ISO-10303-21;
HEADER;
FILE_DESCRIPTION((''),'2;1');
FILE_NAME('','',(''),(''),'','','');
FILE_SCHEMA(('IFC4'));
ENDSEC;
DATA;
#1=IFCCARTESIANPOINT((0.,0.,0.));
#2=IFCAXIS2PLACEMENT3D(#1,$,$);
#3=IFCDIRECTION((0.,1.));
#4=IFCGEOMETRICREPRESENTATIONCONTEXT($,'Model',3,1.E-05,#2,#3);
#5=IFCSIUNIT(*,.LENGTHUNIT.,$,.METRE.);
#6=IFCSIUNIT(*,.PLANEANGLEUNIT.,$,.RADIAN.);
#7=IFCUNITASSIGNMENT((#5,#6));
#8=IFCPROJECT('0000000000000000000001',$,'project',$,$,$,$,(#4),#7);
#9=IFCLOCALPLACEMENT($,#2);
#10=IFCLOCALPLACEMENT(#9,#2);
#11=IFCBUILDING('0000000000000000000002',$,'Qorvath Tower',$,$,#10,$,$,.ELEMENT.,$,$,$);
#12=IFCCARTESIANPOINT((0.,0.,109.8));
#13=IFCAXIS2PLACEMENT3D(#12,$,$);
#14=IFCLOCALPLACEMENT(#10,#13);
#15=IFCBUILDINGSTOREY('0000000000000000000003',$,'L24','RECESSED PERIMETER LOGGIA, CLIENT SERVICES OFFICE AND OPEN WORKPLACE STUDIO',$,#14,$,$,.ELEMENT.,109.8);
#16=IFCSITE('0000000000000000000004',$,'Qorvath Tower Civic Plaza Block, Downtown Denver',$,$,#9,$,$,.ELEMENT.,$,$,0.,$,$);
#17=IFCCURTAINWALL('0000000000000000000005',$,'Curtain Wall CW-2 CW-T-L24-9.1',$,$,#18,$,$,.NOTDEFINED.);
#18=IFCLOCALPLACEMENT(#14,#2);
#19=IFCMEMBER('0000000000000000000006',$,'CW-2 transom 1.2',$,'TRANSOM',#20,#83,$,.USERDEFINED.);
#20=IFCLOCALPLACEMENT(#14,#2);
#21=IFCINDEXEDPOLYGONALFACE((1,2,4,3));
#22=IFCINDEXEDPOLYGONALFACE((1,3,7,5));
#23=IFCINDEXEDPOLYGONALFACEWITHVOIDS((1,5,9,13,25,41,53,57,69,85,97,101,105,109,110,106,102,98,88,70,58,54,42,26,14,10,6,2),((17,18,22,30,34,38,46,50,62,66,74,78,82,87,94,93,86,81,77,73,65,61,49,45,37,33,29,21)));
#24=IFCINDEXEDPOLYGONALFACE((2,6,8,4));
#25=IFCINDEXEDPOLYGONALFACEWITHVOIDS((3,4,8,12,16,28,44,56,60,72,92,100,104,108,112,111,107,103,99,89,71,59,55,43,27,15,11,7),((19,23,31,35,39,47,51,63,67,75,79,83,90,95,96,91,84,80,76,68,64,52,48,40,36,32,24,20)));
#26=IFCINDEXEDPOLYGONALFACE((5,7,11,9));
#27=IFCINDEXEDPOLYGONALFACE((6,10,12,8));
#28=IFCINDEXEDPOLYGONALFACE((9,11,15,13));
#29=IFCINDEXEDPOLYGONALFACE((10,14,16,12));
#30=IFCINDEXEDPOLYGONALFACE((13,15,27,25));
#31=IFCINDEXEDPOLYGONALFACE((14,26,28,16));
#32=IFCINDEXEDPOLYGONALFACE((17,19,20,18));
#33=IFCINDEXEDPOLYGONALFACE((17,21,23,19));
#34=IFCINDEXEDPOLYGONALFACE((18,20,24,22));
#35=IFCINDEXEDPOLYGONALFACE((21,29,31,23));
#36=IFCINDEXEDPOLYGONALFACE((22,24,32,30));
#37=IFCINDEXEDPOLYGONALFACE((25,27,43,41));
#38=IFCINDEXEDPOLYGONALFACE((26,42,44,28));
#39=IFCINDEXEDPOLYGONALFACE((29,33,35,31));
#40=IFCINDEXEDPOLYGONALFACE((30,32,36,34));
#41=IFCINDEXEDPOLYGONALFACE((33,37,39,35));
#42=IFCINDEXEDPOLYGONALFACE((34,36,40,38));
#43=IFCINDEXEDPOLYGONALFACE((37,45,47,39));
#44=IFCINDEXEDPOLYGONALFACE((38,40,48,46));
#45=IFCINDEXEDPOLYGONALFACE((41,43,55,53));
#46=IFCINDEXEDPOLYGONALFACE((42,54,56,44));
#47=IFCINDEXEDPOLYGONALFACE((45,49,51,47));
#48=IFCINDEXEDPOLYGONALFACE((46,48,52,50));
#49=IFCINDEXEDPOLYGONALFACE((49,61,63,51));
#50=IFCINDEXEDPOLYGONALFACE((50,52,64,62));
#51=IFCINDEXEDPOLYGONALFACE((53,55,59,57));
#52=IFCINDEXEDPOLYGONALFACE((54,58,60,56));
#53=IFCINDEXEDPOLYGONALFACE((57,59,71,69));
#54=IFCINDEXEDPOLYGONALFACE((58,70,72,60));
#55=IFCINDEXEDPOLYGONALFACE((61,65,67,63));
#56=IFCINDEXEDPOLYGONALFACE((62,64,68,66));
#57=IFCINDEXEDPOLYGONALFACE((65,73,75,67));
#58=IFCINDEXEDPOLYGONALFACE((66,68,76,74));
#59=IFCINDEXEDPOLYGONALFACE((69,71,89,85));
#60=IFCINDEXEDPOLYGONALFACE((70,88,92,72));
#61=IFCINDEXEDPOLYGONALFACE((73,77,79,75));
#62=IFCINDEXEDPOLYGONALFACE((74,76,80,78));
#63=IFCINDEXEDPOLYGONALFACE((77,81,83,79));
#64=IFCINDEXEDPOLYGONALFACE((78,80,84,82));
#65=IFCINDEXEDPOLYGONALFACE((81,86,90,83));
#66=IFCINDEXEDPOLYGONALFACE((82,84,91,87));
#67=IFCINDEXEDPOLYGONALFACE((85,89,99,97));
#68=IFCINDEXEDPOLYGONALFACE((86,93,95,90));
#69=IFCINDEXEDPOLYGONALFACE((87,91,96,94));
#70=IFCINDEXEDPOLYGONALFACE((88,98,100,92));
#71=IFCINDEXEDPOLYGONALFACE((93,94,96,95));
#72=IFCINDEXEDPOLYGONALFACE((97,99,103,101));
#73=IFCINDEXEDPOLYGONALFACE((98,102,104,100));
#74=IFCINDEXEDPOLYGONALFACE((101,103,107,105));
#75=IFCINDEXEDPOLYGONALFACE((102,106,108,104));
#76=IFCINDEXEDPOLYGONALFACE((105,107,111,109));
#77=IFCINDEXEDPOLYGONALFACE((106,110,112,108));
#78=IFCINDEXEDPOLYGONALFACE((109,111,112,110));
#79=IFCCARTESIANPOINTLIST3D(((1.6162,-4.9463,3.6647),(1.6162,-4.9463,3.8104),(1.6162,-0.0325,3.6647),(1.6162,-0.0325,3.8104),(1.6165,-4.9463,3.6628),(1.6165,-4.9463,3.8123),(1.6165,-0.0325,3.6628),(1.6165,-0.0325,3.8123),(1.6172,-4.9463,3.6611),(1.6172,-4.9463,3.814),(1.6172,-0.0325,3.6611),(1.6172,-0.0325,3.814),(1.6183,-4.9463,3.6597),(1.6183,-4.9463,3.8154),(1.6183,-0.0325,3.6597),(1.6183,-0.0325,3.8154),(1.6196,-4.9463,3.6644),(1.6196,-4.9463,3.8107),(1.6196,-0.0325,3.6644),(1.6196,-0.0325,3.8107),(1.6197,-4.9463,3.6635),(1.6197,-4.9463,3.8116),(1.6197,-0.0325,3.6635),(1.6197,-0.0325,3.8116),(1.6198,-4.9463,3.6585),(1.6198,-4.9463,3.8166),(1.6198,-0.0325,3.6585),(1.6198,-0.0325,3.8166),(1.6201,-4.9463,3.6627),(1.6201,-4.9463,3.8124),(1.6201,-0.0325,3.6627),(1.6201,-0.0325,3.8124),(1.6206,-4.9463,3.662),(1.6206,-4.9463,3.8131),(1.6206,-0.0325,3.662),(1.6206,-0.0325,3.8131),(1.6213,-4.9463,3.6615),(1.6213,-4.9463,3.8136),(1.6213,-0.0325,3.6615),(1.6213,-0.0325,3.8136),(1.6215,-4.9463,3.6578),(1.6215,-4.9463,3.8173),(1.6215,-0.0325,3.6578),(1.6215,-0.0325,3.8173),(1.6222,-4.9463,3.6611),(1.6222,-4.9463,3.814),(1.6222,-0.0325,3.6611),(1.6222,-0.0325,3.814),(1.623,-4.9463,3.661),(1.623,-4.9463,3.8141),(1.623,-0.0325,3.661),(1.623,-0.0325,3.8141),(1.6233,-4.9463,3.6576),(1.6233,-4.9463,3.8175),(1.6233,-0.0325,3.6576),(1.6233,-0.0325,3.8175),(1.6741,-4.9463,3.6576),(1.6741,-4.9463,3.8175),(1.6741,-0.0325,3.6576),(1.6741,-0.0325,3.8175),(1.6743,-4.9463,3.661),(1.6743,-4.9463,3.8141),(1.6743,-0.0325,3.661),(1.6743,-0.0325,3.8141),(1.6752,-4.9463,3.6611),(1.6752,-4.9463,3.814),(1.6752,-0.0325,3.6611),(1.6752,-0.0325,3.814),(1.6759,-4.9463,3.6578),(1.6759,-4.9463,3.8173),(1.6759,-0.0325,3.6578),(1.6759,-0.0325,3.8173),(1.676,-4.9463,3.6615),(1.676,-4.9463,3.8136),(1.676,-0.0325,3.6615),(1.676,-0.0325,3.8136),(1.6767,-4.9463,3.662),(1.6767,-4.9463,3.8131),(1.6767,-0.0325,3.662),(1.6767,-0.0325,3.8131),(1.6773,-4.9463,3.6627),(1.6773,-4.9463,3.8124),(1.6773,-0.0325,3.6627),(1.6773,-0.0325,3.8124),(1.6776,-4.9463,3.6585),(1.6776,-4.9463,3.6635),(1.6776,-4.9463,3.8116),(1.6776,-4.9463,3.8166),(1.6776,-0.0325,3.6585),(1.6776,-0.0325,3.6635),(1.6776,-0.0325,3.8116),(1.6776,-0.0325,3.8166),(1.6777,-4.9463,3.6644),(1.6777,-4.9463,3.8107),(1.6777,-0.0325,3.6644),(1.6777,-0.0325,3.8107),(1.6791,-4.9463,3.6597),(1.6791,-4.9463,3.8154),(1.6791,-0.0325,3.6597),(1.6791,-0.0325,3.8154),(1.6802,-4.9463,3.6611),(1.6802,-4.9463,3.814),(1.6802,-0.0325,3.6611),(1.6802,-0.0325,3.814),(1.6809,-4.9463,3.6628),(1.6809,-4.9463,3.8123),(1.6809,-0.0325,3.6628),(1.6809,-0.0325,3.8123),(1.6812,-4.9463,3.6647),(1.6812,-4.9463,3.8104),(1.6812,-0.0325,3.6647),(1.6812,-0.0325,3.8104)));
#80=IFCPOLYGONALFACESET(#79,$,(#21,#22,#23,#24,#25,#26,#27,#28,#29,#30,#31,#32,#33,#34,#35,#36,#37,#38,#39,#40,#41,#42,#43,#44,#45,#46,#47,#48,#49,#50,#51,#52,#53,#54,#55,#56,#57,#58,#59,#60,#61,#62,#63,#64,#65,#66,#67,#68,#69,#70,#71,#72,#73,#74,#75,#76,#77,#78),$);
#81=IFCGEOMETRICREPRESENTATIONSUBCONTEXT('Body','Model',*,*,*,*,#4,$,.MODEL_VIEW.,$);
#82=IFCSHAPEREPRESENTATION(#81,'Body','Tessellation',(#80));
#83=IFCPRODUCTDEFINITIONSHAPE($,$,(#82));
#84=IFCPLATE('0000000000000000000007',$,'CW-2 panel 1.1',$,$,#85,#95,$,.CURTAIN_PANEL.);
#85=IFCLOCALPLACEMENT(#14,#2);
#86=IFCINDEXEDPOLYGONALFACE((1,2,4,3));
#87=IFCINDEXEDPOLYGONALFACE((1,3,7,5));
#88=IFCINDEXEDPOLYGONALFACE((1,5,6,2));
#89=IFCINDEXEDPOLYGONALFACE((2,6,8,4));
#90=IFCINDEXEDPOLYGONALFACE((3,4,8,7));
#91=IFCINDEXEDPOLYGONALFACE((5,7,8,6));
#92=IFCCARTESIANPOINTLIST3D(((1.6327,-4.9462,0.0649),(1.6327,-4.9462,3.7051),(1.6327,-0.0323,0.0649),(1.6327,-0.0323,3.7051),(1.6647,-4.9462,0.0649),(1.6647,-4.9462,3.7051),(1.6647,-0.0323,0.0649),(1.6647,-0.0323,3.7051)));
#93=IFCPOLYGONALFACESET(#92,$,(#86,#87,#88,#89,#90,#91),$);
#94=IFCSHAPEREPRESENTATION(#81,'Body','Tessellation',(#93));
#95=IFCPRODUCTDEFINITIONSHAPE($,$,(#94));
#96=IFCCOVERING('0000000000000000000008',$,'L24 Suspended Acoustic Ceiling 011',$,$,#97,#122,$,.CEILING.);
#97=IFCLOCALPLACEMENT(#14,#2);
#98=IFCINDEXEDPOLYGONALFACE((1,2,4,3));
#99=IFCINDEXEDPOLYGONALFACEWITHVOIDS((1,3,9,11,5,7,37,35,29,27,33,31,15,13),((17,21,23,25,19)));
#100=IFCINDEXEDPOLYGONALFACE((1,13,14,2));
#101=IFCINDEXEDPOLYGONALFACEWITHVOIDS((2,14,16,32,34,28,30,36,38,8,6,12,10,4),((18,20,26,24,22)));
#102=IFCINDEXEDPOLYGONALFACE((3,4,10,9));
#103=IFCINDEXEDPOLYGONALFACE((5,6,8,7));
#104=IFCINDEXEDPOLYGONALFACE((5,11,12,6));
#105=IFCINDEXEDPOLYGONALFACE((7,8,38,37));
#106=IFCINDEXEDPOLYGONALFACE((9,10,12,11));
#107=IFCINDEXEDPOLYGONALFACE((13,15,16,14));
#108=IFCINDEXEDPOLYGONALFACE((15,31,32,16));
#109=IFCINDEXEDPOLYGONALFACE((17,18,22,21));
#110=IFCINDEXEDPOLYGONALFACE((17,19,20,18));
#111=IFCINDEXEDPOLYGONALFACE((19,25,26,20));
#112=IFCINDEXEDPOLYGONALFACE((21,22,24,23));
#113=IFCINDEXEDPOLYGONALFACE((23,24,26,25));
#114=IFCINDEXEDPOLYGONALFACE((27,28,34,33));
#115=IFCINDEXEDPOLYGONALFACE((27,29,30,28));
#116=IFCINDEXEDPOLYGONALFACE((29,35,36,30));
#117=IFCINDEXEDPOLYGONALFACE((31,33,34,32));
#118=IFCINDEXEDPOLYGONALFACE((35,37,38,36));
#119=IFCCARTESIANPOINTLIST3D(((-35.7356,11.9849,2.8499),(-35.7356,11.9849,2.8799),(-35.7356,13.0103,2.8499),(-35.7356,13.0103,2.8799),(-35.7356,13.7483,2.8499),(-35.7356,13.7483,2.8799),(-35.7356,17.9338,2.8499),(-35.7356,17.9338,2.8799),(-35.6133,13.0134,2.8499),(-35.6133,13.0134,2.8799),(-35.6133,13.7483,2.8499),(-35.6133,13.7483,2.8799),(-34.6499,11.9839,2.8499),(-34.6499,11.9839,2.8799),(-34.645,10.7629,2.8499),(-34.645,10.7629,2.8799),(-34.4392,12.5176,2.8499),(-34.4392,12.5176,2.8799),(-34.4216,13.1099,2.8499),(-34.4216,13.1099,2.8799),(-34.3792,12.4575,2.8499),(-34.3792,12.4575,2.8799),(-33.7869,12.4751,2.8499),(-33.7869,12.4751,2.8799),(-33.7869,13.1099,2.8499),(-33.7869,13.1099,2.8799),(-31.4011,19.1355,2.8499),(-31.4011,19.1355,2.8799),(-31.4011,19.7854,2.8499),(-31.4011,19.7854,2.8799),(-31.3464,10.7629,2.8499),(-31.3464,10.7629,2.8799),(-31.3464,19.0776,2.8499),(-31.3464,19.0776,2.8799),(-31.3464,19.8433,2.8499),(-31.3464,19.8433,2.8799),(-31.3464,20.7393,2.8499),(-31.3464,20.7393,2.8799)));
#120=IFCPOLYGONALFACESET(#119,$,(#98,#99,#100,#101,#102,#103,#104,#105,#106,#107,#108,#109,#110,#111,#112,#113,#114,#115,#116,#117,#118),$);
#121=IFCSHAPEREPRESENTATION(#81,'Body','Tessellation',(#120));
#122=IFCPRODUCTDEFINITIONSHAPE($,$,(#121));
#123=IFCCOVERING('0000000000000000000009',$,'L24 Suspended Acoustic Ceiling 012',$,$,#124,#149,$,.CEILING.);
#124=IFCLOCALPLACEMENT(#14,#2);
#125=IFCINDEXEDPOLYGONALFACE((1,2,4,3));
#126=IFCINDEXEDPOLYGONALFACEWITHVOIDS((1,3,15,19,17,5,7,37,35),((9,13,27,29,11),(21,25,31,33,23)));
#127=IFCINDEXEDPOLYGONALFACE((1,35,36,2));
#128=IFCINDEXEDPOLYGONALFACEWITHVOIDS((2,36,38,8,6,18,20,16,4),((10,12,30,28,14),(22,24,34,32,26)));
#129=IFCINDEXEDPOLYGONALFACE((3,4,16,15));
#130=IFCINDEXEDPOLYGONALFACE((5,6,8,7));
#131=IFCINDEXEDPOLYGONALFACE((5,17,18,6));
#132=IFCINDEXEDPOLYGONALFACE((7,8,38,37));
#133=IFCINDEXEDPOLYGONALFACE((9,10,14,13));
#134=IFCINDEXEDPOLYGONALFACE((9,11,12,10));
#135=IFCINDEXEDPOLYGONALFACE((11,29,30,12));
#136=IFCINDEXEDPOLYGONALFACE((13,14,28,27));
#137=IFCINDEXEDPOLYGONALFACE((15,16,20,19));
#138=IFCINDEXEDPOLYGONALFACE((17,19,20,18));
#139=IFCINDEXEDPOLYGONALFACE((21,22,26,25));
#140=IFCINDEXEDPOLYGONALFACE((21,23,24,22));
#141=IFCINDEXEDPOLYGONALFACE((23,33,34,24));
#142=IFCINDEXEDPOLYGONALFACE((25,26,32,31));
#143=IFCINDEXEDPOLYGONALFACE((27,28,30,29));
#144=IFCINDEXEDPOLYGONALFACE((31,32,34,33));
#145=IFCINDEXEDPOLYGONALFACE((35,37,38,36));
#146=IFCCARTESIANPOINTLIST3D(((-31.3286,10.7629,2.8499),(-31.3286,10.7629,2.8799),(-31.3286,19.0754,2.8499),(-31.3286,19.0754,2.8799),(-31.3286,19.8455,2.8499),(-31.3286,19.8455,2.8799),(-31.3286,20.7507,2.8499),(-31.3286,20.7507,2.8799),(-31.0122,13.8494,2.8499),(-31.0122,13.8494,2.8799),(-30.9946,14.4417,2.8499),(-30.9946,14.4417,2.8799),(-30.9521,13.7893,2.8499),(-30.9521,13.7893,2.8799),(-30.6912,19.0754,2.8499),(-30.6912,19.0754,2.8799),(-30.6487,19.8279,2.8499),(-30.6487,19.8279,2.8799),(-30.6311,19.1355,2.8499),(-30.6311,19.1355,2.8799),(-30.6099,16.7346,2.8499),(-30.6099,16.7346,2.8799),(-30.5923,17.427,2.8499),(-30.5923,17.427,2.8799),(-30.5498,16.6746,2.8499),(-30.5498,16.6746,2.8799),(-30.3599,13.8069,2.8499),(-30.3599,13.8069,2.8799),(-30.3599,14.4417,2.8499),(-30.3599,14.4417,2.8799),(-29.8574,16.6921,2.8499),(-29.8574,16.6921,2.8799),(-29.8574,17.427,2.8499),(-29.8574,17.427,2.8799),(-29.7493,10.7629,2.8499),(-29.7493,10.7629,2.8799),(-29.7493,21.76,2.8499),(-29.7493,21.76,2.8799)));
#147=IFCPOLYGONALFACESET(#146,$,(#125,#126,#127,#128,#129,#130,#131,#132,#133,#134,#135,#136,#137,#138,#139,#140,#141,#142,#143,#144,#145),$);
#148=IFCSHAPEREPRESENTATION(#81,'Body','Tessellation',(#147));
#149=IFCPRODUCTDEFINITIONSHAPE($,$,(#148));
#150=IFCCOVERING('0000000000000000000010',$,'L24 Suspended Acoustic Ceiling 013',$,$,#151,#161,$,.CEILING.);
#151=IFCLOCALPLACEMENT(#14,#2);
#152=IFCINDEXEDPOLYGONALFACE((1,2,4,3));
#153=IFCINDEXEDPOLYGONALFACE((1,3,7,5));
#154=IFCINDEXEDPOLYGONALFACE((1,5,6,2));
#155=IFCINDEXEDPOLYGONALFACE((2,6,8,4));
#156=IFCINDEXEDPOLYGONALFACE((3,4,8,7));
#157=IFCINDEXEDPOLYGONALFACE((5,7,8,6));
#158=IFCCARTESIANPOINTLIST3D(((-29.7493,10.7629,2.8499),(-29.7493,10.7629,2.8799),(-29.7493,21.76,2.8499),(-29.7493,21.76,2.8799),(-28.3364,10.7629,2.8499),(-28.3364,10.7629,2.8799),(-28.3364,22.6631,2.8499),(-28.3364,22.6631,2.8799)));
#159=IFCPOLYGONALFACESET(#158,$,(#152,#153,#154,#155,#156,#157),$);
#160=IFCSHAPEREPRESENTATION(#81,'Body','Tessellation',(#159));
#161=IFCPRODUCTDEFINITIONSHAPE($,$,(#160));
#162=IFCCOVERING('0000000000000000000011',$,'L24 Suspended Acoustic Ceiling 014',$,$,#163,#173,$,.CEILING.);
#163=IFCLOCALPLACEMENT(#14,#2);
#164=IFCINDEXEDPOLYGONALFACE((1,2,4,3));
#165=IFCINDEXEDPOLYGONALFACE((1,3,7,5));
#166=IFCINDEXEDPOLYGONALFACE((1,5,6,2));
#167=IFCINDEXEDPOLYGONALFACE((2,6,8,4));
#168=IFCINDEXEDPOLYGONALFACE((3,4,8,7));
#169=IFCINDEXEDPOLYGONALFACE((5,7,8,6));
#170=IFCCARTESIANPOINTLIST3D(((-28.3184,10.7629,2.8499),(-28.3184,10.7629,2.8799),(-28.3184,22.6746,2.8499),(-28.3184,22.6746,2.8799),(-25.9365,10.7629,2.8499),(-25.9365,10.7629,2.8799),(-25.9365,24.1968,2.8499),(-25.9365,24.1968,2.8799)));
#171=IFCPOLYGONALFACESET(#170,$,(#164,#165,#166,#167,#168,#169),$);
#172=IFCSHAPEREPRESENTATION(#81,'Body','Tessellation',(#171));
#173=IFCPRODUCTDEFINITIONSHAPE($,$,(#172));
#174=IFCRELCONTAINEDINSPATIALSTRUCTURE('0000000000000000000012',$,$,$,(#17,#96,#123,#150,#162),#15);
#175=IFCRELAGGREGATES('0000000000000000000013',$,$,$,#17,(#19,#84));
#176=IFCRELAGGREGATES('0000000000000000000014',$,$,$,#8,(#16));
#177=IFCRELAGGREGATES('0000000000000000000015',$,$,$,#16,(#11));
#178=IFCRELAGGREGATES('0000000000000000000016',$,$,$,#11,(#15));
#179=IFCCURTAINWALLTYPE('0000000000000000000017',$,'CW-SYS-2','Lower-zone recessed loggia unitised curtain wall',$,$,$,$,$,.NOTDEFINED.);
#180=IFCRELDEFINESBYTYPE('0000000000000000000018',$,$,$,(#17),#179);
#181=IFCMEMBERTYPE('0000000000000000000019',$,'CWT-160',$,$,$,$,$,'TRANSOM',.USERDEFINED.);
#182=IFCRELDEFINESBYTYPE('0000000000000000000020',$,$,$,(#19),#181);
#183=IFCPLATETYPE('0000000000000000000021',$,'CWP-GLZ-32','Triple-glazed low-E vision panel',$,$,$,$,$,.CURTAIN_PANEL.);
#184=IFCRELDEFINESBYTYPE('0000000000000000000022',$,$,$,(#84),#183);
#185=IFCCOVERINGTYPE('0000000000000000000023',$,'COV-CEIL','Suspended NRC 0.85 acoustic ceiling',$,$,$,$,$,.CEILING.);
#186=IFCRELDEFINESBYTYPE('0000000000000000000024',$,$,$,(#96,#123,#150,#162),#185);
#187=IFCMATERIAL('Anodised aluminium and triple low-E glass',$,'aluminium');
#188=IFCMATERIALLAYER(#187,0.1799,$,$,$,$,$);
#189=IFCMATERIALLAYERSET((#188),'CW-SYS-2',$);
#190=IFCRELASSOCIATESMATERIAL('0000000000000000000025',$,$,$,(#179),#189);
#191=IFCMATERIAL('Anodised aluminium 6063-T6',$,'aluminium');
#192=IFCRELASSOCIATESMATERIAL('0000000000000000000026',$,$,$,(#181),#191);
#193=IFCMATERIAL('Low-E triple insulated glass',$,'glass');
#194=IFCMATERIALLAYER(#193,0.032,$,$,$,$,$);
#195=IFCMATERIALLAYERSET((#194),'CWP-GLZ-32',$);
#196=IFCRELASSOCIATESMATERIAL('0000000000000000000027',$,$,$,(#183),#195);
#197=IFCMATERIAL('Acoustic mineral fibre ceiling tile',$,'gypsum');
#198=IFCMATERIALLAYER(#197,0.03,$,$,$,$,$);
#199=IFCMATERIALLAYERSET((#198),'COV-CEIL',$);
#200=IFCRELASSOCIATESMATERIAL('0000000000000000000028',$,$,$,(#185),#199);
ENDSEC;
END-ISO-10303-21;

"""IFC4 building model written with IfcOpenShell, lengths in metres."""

from ifc_helpers import new_model, si_unit, direction, frame, origin, origin_2d, place, context, subcontext, project, spatial, polyline, rectangle, hollow_rectangle, outline, extrude, material, layer, layer_set, material_profile, profile_set, type_object, element, aggregate, save


model = new_model("IFC4")

# Units and contexts
model_context = context("Model", 3, precision=1e-05, world=origin(), true_north=direction((0.0, 1.0)))
body_context = subcontext(model_context, "Body", "Model", "MODEL_VIEW")
ifc_project = project(units=[si_unit("LENGTHUNIT", "METRE"), si_unit("PLANEANGLEUNIT", "RADIAN")], contexts=[model_context])

# Site, building, storey
site_placement = place(None, origin())
site = spatial("IfcSite", under=ifc_project, at=site_placement, Name="Qorvath Tower Civic Plaza Block, Downtown Denver", CompositionType="ELEMENT", RefElevation=0.0)
building_placement = place(site_placement, origin())
building = spatial("IfcBuilding", under=site, at=building_placement, Name="Qorvath Tower", CompositionType="ELEMENT")
storey_placement = place(building_placement, frame((0.0, 0.0, 109.8)))
storey = spatial("IfcBuildingStorey", under=building, at=storey_placement, Name="L24", Description="RECESSED PERIMETER LOGGIA, CLIENT SERVICES OFFICE AND OPEN WORKPLACE STUDIO", CompositionType="ELEMENT", Elevation=109.8)

# Curtain wall, member, plate
ifc_material_1 = material(Name="Anodised aluminium and triple low-E glass", Category="aluminium")
ifc_layer_1 = layer(ifc_material_1, 0.1799)
ifc_layer_set_1 = layer_set([ifc_layer_1], Name="CW-SYS-2")
curtain_wall_type = type_object("IfcCurtainWallType", Name="CW-SYS-2", Description="Lower-zone recessed loggia unitised curtain wall", PredefinedType="NOTDEFINED", material=ifc_layer_set_1)
curtain_wall_placement = place(storey_placement, origin())
curtain_wall = element("IfcCurtainWall", 1, at=curtain_wall_placement, inside=storey, type_object=curtain_wall_type, Name="Curtain Wall CW-2 CW-T-L24-9.1", PredefinedType="NOTDEFINED")
ifc_material_2 = material(Name="Anodised aluminium 6063-T6", Category="aluminium")
ifc_material_profile = material_profile(ifc_material_2, hollow_rectangle(XDim=0.0649, YDim=0.1599, WallThickness=0.0034, InnerFilletRadius=0.0034, OuterFilletRadius=0.0071, at=origin_2d()), Name="CWT 160x65")
ifc_profile_set = profile_set([ifc_material_profile], Name="Anodised aluminium 6063-T6")
member_type = type_object("IfcMemberType", Name="CWT-160", ElementType="TRANSOM", PredefinedType="USERDEFINED", material=ifc_profile_set)
member_placement = place(storey_placement, frame((1.6487, -4.9463, 3.7375), z_axis=(0.0, 1.0, 0.0), x_axis=(-1.0, 0.0, 0.0)))
member = element("IfcMember", 2, at=member_placement, type_object=member_type, Name="CW-2 transom 1.2", ObjectType="TRANSOM", PredefinedType="USERDEFINED", context=body_context, shape_type="SweptSolid", body=[
    extrude(hollow_rectangle(XDim=0.0649, YDim=0.1599, WallThickness=0.0034, InnerFilletRadius=0.0034, OuterFilletRadius=0.0071, at=origin_2d()), origin(), (0.0, 0.0, 1.0), 4.9138),
])
ifc_material_3 = material(Name="Low-E triple insulated glass", Category="glass")
ifc_layer_2 = layer(ifc_material_3, 0.032)
ifc_layer_set_2 = layer_set([ifc_layer_2], Name="CWP-GLZ-32")
plate_type = type_object("IfcPlateType", Name="CWP-GLZ-32", Description="Triple-glazed low-E vision panel", PredefinedType="CURTAIN_PANEL", material=ifc_layer_set_2)
plate_placement = place(storey_placement, frame((1.6487, -2.4893, 0.0649), z_axis=(0.0, 0.0, 1.0), x_axis=(0.0, 1.0, 0.0)))
plate = element("IfcPlate", 3, at=plate_placement, type_object=plate_type, Name="CW-2 panel 1.1", PredefinedType="CURTAIN_PANEL", context=body_context, shape_type="SweptSolid", body=[
    extrude(rectangle(XDim=4.9138, YDim=0.032, at=origin_2d()), origin(), (0.0, 0.0, 1.0), 3.6401),
])
aggregate(curtain_wall, [member, plate])

# Coverings
ifc_material_4 = material(Name="Acoustic mineral fibre ceiling tile", Category="gypsum")
ifc_layer_3 = layer(ifc_material_4, 0.03)
ifc_layer_set_3 = layer_set([ifc_layer_3], Name="COV-CEIL")
covering_type_1 = type_object("IfcCoveringType", Name="COV-CEIL", Description="Suspended NRC 0.85 acoustic ceiling", PredefinedType="CEILING", material=ifc_layer_set_3)
covering_1_placement = place(storey_placement, frame((0.0, 0.0, 2.8499)))
element("IfcCovering", 4, at=covering_1_placement, inside=storey, type_object=covering_type_1, Name="L24 Suspended Acoustic Ceiling 011", PredefinedType="CEILING", context=body_context, shape_type="SweptSolid", body=[
    extrude(outline(polyline([(-35.7356, 17.9338), (-35.7356, 13.7483), (-35.6133, 13.7483), (-35.6133, 13.0134), (-35.7356, 13.0103), (-35.7356, 11.9849), (-34.6499, 11.9839), (-34.645, 10.7629), (-31.3464, 10.7629), (-31.3464, 19.0776), (-31.4011, 19.1355), (-31.4011, 19.7854), (-31.3464, 19.8433), (-31.3464, 20.7393), (-35.7356, 17.9338)]), holes=[polyline([(-34.4392, 12.5176), (-34.4216, 13.1099), (-33.7869, 13.1099), (-33.7869, 12.4751), (-34.3792, 12.4575), (-34.4392, 12.5176)])]), origin(), (0.0, 0.0, 1.0), 0.03),
])
covering_2_placement = place(storey_placement, frame((0.0, 0.0, 2.8499)))
element("IfcCovering", 5, at=covering_2_placement, inside=storey, type_object=covering_type_1, Name="L24 Suspended Acoustic Ceiling 012", PredefinedType="CEILING", context=body_context, shape_type="SweptSolid", body=[
    extrude(outline(polyline([(-29.7493, 10.7629), (-29.7493, 21.76), (-31.3286, 20.7507), (-31.3286, 19.8455), (-30.6487, 19.8279), (-30.6311, 19.1355), (-30.6912, 19.0754), (-31.3286, 19.0754), (-31.3286, 10.7629), (-29.7493, 10.7629)]), holes=[polyline([(-30.6099, 16.7346), (-30.5923, 17.427), (-29.8574, 17.427), (-29.8574, 16.6921), (-30.5498, 16.6746), (-30.6099, 16.7346)]), polyline([(-31.0122, 13.8494), (-30.9946, 14.4417), (-30.3599, 14.4417), (-30.3599, 13.8069), (-30.9521, 13.7893), (-31.0122, 13.8494)])]), origin(), (0.0, 0.0, 1.0), 0.03),
])
covering_3_placement = place(storey_placement, frame((0.0, 0.0, 2.8499)))
element("IfcCovering", 6, at=covering_3_placement, inside=storey, type_object=covering_type_1, Name="L24 Suspended Acoustic Ceiling 013", PredefinedType="CEILING", context=body_context, shape_type="SweptSolid", body=[
    extrude(outline(polyline([(-28.3364, 22.6631), (-29.7493, 21.76), (-29.7493, 10.7629), (-28.3364, 10.7629), (-28.3364, 22.6631)])), origin(), (0.0, 0.0, 1.0), 0.03),
])
covering_4_placement = place(storey_placement, frame((0.0, 0.0, 2.8499)))
element("IfcCovering", 7, at=covering_4_placement, inside=storey, type_object=covering_type_1, Name="L24 Suspended Acoustic Ceiling 014", PredefinedType="CEILING", context=body_context, shape_type="SweptSolid", body=[
    extrude(outline(polyline([(-25.9365, 10.7629), (-25.9365, 24.1968), (-28.3184, 22.6746), (-28.3184, 10.7629), (-25.9365, 10.7629)])), origin(), (0.0, 0.0, 1.0), 0.03),
])

save(model, "model.ifc")
